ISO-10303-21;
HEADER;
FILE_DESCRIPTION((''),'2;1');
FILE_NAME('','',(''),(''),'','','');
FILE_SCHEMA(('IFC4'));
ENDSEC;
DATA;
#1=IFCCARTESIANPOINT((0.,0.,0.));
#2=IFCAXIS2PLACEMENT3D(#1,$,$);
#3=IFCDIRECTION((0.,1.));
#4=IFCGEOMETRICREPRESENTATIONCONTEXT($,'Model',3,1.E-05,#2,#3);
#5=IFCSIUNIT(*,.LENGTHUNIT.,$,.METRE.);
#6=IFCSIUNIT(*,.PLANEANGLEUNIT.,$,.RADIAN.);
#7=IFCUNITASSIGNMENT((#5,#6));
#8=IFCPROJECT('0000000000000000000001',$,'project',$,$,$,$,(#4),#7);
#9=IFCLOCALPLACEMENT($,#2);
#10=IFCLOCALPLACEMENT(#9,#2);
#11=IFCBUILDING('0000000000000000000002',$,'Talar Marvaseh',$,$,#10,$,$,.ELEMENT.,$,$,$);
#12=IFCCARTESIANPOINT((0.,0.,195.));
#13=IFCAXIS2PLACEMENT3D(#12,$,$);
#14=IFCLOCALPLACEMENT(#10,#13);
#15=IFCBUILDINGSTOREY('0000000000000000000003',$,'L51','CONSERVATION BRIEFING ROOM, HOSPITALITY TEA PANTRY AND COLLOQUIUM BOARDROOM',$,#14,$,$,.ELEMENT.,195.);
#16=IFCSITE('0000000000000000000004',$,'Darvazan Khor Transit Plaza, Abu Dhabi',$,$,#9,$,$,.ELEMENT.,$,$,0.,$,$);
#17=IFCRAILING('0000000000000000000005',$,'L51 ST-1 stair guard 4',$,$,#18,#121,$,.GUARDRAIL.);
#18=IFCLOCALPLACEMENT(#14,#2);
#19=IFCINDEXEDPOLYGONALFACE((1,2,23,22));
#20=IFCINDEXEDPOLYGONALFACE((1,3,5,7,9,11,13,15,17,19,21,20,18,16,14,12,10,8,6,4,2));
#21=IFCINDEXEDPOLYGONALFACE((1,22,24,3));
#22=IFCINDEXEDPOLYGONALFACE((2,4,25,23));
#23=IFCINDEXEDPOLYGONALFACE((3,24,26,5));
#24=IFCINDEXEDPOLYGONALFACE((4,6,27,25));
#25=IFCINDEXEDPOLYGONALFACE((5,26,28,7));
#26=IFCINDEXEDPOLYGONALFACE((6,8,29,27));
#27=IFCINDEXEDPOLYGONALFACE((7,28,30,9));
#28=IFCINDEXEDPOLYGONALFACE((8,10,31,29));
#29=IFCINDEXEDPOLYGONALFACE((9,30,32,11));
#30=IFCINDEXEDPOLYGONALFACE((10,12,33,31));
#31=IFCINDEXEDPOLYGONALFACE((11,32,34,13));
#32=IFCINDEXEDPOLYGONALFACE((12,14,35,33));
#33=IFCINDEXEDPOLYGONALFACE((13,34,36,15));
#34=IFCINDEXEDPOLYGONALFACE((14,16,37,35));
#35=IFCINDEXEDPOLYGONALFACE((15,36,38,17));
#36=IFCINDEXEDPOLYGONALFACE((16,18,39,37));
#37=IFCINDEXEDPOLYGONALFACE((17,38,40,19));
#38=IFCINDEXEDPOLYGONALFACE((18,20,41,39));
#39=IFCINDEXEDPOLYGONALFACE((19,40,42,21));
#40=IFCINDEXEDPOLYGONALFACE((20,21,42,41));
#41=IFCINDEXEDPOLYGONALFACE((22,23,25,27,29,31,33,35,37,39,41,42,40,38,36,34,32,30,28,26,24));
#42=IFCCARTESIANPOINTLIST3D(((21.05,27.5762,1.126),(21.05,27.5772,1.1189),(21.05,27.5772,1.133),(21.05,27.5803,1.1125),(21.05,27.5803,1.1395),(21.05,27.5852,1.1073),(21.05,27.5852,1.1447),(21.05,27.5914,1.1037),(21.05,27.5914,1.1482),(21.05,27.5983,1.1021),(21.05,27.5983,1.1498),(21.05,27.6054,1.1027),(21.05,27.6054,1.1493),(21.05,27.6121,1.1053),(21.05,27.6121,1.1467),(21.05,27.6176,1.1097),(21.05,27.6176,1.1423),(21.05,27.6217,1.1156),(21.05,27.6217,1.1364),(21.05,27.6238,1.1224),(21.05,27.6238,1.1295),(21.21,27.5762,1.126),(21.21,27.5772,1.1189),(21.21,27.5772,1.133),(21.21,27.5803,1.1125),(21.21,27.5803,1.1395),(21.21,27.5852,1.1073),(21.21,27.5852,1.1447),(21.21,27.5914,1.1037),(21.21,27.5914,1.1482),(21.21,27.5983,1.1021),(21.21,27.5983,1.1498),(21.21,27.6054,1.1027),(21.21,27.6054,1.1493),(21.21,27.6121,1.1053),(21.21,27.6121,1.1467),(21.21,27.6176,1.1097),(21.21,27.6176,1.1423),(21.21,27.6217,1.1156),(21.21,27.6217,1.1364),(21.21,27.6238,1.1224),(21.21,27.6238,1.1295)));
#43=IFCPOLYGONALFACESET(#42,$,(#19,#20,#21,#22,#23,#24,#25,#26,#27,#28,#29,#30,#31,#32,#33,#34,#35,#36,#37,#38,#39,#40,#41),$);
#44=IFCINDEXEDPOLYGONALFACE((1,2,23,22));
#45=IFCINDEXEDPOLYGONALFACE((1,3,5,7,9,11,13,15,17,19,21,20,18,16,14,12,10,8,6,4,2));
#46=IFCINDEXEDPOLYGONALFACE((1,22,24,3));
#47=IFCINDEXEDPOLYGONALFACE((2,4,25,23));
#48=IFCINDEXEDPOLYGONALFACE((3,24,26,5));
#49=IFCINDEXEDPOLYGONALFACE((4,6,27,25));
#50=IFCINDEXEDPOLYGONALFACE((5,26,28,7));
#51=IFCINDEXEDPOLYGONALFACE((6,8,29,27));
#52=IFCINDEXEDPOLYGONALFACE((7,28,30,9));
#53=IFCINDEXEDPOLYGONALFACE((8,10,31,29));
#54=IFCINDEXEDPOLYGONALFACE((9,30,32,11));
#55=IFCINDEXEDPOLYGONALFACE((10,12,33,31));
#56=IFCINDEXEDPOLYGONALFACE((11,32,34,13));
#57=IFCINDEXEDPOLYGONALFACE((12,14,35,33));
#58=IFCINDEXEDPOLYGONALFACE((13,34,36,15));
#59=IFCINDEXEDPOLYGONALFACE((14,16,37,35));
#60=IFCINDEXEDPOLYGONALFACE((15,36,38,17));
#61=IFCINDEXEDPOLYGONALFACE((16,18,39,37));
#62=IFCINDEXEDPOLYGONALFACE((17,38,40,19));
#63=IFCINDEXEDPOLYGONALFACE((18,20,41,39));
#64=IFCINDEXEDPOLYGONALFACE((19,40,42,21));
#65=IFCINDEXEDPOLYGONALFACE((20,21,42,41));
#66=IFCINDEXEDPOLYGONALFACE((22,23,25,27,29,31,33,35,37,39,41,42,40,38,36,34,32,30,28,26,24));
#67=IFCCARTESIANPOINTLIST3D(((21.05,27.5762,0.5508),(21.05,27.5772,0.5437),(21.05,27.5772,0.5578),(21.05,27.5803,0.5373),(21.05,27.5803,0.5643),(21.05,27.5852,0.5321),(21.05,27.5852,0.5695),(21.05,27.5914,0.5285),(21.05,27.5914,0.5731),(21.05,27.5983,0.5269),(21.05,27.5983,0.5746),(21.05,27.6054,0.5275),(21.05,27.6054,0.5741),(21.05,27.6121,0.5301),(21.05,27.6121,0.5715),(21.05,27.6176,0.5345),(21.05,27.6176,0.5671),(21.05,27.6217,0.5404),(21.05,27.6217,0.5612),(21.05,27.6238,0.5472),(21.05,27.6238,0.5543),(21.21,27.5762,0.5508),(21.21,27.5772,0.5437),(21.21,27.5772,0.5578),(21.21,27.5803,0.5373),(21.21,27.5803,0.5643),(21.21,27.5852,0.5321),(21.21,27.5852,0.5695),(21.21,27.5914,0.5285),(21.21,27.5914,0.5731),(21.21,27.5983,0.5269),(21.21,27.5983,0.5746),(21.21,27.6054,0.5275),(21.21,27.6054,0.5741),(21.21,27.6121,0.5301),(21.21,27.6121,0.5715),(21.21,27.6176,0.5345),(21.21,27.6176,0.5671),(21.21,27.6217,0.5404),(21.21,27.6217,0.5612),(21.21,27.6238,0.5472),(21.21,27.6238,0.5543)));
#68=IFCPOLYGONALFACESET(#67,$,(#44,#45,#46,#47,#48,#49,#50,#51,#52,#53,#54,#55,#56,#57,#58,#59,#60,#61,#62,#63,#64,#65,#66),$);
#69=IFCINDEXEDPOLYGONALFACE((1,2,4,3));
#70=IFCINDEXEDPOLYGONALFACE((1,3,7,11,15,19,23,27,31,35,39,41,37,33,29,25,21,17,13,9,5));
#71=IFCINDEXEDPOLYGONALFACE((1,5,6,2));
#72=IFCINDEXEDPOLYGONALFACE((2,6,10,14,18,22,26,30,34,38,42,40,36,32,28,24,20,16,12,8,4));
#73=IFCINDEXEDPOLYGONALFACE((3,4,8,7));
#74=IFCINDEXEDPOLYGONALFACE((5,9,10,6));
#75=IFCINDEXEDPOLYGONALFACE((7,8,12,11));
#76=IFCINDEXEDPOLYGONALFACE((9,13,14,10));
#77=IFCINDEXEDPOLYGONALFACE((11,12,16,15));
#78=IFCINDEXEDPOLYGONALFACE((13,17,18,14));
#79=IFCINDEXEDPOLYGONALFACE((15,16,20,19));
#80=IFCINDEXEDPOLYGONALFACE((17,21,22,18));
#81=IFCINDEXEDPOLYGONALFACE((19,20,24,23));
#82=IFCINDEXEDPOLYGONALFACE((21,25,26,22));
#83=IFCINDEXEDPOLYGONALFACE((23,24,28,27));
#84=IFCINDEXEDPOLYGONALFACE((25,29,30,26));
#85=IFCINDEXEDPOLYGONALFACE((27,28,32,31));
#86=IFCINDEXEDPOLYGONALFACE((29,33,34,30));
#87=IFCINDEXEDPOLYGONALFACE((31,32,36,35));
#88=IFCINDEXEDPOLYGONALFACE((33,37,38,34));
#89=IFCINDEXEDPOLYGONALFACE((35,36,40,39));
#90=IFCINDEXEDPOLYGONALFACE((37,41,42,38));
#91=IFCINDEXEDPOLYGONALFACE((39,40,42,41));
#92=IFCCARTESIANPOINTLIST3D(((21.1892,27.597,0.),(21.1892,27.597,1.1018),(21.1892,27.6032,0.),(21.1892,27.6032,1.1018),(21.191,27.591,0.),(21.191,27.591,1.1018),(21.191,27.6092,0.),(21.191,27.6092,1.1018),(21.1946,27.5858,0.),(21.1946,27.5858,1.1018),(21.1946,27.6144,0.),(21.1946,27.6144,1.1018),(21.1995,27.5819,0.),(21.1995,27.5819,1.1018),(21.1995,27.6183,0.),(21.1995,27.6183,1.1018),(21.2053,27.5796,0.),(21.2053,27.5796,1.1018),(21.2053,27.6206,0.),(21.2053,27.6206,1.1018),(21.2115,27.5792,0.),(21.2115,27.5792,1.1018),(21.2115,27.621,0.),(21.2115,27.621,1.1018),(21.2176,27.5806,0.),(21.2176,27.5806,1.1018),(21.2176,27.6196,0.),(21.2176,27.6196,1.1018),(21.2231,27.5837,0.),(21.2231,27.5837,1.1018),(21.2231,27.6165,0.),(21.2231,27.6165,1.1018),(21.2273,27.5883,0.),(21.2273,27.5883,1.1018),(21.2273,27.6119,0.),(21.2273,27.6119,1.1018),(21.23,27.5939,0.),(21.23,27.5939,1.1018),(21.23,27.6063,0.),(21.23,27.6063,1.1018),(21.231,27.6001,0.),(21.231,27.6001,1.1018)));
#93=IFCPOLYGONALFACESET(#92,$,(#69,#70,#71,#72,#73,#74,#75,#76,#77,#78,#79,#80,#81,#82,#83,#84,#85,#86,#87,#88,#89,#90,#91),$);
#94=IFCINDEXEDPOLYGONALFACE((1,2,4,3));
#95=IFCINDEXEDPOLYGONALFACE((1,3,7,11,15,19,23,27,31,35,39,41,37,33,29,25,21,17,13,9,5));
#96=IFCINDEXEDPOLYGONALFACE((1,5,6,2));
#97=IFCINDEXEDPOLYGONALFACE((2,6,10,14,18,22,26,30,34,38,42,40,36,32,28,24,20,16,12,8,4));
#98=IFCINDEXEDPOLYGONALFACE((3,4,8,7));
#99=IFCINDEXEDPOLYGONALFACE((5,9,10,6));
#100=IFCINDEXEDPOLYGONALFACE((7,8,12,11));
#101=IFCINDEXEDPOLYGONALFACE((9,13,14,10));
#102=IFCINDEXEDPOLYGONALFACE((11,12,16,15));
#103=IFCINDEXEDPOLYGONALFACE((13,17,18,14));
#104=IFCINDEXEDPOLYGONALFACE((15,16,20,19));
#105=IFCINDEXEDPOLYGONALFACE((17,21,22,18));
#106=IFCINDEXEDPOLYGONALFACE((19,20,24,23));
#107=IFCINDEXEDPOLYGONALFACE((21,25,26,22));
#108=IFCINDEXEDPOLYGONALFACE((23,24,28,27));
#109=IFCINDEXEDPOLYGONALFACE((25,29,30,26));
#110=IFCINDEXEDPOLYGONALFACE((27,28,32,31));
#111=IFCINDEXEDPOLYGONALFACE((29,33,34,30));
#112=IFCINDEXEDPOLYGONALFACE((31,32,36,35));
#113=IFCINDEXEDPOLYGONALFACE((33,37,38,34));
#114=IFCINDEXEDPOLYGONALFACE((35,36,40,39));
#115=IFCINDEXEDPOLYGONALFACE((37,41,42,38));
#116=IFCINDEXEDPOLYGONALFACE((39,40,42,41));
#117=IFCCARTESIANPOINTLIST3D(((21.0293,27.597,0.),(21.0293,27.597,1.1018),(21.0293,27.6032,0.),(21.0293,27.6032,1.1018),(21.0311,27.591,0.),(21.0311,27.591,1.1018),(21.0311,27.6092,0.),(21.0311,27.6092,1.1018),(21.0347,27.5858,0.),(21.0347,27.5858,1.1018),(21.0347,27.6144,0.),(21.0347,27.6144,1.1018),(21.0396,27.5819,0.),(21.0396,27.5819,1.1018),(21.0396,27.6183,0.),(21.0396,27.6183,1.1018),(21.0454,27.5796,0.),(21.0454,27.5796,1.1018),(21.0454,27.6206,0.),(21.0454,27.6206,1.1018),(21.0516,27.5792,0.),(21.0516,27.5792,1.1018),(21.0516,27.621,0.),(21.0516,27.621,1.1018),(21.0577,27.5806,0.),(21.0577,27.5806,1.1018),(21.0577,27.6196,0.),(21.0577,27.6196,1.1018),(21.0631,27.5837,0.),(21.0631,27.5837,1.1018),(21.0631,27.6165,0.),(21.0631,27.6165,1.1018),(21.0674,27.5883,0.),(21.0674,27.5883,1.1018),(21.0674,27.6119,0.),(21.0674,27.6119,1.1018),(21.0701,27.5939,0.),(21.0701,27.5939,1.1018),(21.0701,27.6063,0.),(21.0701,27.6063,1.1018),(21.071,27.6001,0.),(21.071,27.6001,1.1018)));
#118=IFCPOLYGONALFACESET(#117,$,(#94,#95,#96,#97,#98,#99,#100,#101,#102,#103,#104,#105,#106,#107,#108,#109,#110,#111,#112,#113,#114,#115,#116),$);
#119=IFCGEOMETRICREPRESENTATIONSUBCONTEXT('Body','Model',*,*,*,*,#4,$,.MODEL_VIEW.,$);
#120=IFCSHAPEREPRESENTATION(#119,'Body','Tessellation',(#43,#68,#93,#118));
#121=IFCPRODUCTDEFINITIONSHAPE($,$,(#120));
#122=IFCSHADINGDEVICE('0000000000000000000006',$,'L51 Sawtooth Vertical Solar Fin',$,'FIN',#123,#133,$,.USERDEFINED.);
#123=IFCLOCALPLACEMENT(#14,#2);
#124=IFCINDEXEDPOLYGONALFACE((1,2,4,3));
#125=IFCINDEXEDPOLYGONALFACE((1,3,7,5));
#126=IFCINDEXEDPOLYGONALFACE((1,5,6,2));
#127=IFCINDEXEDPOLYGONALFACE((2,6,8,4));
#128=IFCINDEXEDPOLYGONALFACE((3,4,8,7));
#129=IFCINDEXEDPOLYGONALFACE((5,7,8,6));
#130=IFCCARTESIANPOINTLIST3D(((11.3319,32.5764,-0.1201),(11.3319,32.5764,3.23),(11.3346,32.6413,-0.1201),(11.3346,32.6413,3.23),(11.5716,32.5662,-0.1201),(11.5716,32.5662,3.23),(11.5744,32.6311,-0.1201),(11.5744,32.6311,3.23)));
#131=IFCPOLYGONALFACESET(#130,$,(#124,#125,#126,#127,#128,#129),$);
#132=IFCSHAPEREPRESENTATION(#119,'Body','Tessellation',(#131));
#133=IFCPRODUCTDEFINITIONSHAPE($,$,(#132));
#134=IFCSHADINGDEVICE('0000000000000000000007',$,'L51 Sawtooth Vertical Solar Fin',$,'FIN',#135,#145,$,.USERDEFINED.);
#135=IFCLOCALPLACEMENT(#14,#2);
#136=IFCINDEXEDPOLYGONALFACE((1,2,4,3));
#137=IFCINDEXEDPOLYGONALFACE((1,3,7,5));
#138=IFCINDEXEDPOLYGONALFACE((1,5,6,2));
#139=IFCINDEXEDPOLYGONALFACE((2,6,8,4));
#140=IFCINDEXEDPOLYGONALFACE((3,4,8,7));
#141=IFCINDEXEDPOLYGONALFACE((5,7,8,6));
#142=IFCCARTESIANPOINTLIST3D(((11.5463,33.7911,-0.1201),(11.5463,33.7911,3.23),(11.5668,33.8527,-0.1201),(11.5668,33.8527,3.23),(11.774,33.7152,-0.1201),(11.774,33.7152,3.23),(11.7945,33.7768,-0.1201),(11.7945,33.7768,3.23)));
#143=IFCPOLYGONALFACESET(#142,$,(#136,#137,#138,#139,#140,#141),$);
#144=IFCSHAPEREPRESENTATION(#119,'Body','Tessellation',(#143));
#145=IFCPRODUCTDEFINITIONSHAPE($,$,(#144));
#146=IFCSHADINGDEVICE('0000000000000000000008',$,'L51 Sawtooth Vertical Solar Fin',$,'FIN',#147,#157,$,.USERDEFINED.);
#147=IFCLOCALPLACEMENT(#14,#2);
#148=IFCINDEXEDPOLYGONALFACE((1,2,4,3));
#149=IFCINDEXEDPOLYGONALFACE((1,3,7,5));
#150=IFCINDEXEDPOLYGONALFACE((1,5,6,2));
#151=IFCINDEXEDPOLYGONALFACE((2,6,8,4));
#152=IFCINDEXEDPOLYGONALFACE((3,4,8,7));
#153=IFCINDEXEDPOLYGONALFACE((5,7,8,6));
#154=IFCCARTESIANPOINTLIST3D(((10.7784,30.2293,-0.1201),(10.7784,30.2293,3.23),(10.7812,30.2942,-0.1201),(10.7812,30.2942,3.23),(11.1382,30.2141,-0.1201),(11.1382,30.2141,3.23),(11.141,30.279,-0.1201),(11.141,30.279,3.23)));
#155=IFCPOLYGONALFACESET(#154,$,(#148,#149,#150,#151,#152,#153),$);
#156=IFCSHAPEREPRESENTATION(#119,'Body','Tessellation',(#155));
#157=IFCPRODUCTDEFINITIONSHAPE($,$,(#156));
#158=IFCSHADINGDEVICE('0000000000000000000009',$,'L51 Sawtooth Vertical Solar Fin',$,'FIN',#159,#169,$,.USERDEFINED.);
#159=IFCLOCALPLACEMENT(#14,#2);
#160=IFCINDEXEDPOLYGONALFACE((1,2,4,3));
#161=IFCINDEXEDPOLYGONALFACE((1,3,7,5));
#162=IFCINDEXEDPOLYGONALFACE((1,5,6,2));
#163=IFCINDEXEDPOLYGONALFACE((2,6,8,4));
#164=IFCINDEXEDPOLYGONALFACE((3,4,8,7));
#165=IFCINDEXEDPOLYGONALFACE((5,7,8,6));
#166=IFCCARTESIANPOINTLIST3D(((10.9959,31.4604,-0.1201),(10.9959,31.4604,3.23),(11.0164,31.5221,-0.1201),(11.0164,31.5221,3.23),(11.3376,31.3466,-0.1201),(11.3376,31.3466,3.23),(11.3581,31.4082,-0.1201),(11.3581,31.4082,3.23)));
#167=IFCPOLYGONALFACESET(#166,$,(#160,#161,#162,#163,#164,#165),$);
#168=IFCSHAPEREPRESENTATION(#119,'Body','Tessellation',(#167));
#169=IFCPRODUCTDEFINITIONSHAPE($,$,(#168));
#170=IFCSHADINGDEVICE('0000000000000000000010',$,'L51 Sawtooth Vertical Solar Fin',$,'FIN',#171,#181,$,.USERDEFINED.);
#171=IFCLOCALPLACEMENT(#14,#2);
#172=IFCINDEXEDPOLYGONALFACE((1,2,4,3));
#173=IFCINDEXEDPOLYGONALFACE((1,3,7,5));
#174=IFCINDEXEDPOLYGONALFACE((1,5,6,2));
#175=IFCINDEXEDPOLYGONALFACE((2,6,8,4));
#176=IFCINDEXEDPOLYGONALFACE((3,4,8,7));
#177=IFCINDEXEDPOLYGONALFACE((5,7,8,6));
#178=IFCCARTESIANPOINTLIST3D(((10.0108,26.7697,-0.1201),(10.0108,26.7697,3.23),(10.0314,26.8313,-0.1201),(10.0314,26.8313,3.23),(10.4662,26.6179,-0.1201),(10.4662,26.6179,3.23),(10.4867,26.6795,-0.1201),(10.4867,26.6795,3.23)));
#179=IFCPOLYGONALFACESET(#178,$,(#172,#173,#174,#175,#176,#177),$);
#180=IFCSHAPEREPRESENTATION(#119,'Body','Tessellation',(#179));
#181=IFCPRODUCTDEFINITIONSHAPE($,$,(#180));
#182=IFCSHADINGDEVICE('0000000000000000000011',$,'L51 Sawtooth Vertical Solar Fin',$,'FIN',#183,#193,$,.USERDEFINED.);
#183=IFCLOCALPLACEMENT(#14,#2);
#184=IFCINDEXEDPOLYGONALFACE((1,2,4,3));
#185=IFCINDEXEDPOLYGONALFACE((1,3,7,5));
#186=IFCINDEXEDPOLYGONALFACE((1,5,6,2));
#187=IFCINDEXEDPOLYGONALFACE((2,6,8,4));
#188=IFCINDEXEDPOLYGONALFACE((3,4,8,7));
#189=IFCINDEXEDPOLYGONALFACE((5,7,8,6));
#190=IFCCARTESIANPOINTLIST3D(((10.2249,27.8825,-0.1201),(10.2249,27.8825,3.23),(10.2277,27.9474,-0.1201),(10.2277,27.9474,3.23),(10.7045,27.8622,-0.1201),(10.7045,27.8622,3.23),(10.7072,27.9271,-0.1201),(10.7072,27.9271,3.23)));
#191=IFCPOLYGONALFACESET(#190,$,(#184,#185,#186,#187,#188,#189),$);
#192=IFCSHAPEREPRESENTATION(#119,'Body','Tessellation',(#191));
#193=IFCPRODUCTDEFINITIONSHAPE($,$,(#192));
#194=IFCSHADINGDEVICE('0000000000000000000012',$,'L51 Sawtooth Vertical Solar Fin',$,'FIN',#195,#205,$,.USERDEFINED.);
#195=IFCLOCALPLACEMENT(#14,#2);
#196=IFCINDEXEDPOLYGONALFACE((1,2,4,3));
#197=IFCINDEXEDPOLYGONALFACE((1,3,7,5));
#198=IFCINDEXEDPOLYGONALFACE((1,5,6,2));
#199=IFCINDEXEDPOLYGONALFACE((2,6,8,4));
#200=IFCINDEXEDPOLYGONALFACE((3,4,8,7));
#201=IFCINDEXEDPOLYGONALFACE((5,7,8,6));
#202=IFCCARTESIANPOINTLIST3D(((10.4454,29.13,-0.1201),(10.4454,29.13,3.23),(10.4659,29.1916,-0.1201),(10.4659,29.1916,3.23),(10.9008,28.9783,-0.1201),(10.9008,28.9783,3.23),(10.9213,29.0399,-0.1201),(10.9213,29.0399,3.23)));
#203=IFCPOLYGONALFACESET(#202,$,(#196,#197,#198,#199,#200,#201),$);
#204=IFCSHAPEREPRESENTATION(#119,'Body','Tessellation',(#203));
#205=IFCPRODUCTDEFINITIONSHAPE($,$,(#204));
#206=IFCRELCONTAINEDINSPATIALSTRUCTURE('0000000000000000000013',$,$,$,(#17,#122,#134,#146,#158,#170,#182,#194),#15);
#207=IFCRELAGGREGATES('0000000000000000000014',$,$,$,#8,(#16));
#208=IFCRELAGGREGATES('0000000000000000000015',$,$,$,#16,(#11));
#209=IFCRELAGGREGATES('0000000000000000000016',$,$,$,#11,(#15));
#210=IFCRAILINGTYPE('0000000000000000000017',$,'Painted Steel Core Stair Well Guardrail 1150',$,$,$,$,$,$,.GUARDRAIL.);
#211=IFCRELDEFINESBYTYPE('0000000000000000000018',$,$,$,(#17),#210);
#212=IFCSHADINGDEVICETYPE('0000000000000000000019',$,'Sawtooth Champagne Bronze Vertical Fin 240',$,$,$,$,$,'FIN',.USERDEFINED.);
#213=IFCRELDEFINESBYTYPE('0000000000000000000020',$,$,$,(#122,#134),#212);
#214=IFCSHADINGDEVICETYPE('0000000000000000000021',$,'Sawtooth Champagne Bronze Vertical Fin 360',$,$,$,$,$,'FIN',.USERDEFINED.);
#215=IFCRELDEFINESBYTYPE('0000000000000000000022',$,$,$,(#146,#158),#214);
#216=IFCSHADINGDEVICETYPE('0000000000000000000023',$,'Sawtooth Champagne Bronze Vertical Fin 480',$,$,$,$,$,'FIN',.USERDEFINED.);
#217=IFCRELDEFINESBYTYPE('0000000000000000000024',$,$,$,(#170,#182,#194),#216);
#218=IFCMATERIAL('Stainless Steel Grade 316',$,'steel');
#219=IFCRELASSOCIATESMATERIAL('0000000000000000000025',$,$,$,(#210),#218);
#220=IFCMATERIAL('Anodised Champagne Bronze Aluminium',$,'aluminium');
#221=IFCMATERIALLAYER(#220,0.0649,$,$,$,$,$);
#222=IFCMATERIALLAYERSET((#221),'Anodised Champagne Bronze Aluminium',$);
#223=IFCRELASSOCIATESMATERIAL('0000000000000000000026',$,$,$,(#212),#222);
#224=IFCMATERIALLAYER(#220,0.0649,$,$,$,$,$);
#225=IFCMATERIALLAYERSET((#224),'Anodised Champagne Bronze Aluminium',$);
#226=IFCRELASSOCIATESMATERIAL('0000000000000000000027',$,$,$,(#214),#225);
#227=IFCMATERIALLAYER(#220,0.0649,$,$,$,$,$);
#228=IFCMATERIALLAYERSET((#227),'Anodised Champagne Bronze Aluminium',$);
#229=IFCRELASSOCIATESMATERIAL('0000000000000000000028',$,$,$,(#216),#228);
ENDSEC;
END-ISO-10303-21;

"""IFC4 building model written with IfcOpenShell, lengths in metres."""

from ifc_helpers import new_model, si_unit, direction, frame, origin, origin_2d, place, context, subcontext, project, spatial, rectangle, circle, extrude, source, transform, mapped, material, layer, layer_set, type_object, type_shapes, element, save


model = new_model("IFC4")

# Units and contexts
model_context = context("Model", 3, precision=1e-05, world=origin(), true_north=direction((0.0, 1.0)))
body_context = subcontext(model_context, "Body", "Model", "MODEL_VIEW")
ifc_project = project(units=[si_unit("LENGTHUNIT", "METRE"), si_unit("PLANEANGLEUNIT", "RADIAN")], contexts=[model_context])

# Site, building, storey
site_placement = place(None, origin())
site = spatial("IfcSite", under=ifc_project, at=site_placement, Name="Darvazan Khor Transit Plaza, Abu Dhabi", CompositionType="ELEMENT", RefElevation=0.0)
building_placement = place(site_placement, origin())
building = spatial("IfcBuilding", under=site, at=building_placement, Name="Talar Marvaseh", CompositionType="ELEMENT")
storey_placement = place(building_placement, frame((0.0, 0.0, 195.0)))
storey = spatial("IfcBuildingStorey", under=building, at=storey_placement, Name="L51", Description="CONSERVATION BRIEFING ROOM, HOSPITALITY TEA PANTRY AND COLLOQUIUM BOARDROOM", CompositionType="ELEMENT", Elevation=195.0)

# Railing
ifc_material_1 = material(Name="Stainless Steel Grade 316", Category="steel")
railing_type_1 = type_object("IfcRailingType", Name="Painted Steel Core Stair Well Guardrail 1150", PredefinedType="GUARDRAIL", material=ifc_material_1)
railing_1_placement = place(storey_placement, frame((21.21, 27.6001, 0.0)))
element("IfcRailing", 1, at=railing_1_placement, inside=storey, type_object=railing_type_1, Name="L51 ST-1 stair guard 4", PredefinedType="GUARDRAIL", context=body_context, shape_type="SweptSolid", body=[
    extrude(circle(Radius=0.0239, at=origin_2d()), frame((0.0, 0.0, 1.126), z_axis=(-1.0, 0.0, 0.0), x_axis=(0.0, -1.0, 0.0)), (0.0, 0.0, 1.0), 0.1599),
    extrude(circle(Radius=0.0239, at=origin_2d()), frame((0.0, 0.0, 0.5508), z_axis=(-1.0, 0.0, 0.0), x_axis=(0.0, -1.0, 0.0)), (0.0, 0.0, 1.0), 0.1599),
    extrude(circle(Radius=0.021, at=origin_2d()), origin(), (0.0, 0.0, 1.0), 1.1018),
    extrude(circle(Radius=0.021, at=origin_2d()), frame((-0.1599, 0.0, 0.0)), (0.0, 0.0, 1.0), 1.1018),
])

# Shading devices
ifc_material_2 = material(Name="Anodised Champagne Bronze Aluminium", Category="aluminium")
ifc_layer_1 = layer(ifc_material_2, 0.0649)
ifc_layer_set_1 = layer_set([ifc_layer_1], Name="Anodised Champagne Bronze Aluminium")
shading_device_type_1 = type_object("IfcShadingDeviceType", Name="Sawtooth Champagne Bronze Vertical Fin 240", ElementType="FIN", PredefinedType="USERDEFINED", material=ifc_layer_set_1)
shared_shape_1 = source(origin(), body_context, "Body", "SweptSolid", [
    extrude(rectangle(XDim=0.24, YDim=0.0649, at=origin_2d()), origin(), (0.0, 0.0, 1.0), 3.3501),
])
type_shapes(shading_device_type_1, [shared_shape_1])
for number, where, z_axis, x_axis, name in (
    (2, (11.4531, 32.6038, -0.1201), (0.0, 0.0, 1.0), (-0.999101, 0.042399, 0.0), "L51 Sawtooth Vertical Solar Fin"),
    (3, (11.6704, 33.7839, -0.1201), (0.0, 0.0, 1.0), (-0.948711, 0.316146, 0.0), "L51 Sawtooth Vertical Solar Fin"),
):
    element("IfcShadingDevice", number, at=place(storey_placement, frame(where, z_axis=z_axis, x_axis=x_axis)), inside=storey, type_object=shading_device_type_1, Name=name, ObjectType="FIN", PredefinedType="USERDEFINED", context=body_context, shape_type="MappedRepresentation", body=[
        mapped(shared_shape_1, transform((0.0, 0.0, 0.0), x_axis=(1.0, 0.0, 0.0), y_axis=(0.0, 1.0, 0.0), z_axis=(0.0, 0.0, 1.0), scale=1.0)),
    ])
ifc_layer_2 = layer(ifc_material_2, 0.0649)
ifc_layer_set_2 = layer_set([ifc_layer_2], Name="Anodised Champagne Bronze Aluminium")
shading_device_type_2 = type_object("IfcShadingDeviceType", Name="Sawtooth Champagne Bronze Vertical Fin 360", ElementType="FIN", PredefinedType="USERDEFINED", material=ifc_layer_set_2)
shared_shape_2 = source(origin(), body_context, "Body", "SweptSolid", [
    extrude(rectangle(XDim=0.3601, YDim=0.0649, at=origin_2d()), origin(), (0.0, 0.0, 1.0), 3.3501),
])
type_shapes(shading_device_type_2, [shared_shape_2])
for number, where, z_axis, x_axis, name in (
    (4, (10.9597, 30.2542, -0.1201), (0.0, 0.0, 1.0), (-0.999101, 0.042399, 0.0), "L51 Sawtooth Vertical Solar Fin"),
    (5, (11.177, 31.4343, -0.1201), (0.0, 0.0, 1.0), (-0.948711, 0.316146, 0.0), "L51 Sawtooth Vertical Solar Fin"),
):
    element("IfcShadingDevice", number, at=place(storey_placement, frame(where, z_axis=z_axis, x_axis=x_axis)), inside=storey, type_object=shading_device_type_2, Name=name, ObjectType="FIN", PredefinedType="USERDEFINED", context=body_context, shape_type="MappedRepresentation", body=[
        mapped(shared_shape_2, transform((0.0, 0.0, 0.0), x_axis=(1.0, 0.0, 0.0), y_axis=(0.0, 1.0, 0.0), z_axis=(0.0, 0.0, 1.0), scale=1.0)),
    ])
ifc_layer_3 = layer(ifc_material_2, 0.0649)
ifc_layer_set_3 = layer_set([ifc_layer_3], Name="Anodised Champagne Bronze Aluminium")
shading_device_type_3 = type_object("IfcShadingDeviceType", Name="Sawtooth Champagne Bronze Vertical Fin 480", ElementType="FIN", PredefinedType="USERDEFINED", material=ifc_layer_set_3)
shared_shape_3 = source(origin(), body_context, "Body", "SweptSolid", [
    extrude(rectangle(XDim=0.48, YDim=0.0649, at=origin_2d()), origin(), (0.0, 0.0, 1.0), 3.3501),
])
type_shapes(shading_device_type_3, [shared_shape_3])
for number, where, z_axis, x_axis, name in (
    (6, (10.2488, 26.7246, -0.1201), (0.0, 0.0, 1.0), (-0.948711, 0.316146, 0.0), "L51 Sawtooth Vertical Solar Fin"),
    (7, (10.4661, 27.9048, -0.1201), (0.0, 0.0, 1.0), (-0.999101, 0.042399, 0.0), "L51 Sawtooth Vertical Solar Fin"),
    (8, (10.6833, 29.085, -0.1201), (0.0, 0.0, 1.0), (-0.948711, 0.316146, 0.0), "L51 Sawtooth Vertical Solar Fin"),
):
    element("IfcShadingDevice", number, at=place(storey_placement, frame(where, z_axis=z_axis, x_axis=x_axis)), inside=storey, type_object=shading_device_type_3, Name=name, ObjectType="FIN", PredefinedType="USERDEFINED", context=body_context, shape_type="MappedRepresentation", body=[
        mapped(shared_shape_3, transform((0.0, 0.0, 0.0), x_axis=(1.0, 0.0, 0.0), y_axis=(0.0, 1.0, 0.0), z_axis=(0.0, 0.0, 1.0), scale=1.0)),
    ])

save(model, "model.ifc")
